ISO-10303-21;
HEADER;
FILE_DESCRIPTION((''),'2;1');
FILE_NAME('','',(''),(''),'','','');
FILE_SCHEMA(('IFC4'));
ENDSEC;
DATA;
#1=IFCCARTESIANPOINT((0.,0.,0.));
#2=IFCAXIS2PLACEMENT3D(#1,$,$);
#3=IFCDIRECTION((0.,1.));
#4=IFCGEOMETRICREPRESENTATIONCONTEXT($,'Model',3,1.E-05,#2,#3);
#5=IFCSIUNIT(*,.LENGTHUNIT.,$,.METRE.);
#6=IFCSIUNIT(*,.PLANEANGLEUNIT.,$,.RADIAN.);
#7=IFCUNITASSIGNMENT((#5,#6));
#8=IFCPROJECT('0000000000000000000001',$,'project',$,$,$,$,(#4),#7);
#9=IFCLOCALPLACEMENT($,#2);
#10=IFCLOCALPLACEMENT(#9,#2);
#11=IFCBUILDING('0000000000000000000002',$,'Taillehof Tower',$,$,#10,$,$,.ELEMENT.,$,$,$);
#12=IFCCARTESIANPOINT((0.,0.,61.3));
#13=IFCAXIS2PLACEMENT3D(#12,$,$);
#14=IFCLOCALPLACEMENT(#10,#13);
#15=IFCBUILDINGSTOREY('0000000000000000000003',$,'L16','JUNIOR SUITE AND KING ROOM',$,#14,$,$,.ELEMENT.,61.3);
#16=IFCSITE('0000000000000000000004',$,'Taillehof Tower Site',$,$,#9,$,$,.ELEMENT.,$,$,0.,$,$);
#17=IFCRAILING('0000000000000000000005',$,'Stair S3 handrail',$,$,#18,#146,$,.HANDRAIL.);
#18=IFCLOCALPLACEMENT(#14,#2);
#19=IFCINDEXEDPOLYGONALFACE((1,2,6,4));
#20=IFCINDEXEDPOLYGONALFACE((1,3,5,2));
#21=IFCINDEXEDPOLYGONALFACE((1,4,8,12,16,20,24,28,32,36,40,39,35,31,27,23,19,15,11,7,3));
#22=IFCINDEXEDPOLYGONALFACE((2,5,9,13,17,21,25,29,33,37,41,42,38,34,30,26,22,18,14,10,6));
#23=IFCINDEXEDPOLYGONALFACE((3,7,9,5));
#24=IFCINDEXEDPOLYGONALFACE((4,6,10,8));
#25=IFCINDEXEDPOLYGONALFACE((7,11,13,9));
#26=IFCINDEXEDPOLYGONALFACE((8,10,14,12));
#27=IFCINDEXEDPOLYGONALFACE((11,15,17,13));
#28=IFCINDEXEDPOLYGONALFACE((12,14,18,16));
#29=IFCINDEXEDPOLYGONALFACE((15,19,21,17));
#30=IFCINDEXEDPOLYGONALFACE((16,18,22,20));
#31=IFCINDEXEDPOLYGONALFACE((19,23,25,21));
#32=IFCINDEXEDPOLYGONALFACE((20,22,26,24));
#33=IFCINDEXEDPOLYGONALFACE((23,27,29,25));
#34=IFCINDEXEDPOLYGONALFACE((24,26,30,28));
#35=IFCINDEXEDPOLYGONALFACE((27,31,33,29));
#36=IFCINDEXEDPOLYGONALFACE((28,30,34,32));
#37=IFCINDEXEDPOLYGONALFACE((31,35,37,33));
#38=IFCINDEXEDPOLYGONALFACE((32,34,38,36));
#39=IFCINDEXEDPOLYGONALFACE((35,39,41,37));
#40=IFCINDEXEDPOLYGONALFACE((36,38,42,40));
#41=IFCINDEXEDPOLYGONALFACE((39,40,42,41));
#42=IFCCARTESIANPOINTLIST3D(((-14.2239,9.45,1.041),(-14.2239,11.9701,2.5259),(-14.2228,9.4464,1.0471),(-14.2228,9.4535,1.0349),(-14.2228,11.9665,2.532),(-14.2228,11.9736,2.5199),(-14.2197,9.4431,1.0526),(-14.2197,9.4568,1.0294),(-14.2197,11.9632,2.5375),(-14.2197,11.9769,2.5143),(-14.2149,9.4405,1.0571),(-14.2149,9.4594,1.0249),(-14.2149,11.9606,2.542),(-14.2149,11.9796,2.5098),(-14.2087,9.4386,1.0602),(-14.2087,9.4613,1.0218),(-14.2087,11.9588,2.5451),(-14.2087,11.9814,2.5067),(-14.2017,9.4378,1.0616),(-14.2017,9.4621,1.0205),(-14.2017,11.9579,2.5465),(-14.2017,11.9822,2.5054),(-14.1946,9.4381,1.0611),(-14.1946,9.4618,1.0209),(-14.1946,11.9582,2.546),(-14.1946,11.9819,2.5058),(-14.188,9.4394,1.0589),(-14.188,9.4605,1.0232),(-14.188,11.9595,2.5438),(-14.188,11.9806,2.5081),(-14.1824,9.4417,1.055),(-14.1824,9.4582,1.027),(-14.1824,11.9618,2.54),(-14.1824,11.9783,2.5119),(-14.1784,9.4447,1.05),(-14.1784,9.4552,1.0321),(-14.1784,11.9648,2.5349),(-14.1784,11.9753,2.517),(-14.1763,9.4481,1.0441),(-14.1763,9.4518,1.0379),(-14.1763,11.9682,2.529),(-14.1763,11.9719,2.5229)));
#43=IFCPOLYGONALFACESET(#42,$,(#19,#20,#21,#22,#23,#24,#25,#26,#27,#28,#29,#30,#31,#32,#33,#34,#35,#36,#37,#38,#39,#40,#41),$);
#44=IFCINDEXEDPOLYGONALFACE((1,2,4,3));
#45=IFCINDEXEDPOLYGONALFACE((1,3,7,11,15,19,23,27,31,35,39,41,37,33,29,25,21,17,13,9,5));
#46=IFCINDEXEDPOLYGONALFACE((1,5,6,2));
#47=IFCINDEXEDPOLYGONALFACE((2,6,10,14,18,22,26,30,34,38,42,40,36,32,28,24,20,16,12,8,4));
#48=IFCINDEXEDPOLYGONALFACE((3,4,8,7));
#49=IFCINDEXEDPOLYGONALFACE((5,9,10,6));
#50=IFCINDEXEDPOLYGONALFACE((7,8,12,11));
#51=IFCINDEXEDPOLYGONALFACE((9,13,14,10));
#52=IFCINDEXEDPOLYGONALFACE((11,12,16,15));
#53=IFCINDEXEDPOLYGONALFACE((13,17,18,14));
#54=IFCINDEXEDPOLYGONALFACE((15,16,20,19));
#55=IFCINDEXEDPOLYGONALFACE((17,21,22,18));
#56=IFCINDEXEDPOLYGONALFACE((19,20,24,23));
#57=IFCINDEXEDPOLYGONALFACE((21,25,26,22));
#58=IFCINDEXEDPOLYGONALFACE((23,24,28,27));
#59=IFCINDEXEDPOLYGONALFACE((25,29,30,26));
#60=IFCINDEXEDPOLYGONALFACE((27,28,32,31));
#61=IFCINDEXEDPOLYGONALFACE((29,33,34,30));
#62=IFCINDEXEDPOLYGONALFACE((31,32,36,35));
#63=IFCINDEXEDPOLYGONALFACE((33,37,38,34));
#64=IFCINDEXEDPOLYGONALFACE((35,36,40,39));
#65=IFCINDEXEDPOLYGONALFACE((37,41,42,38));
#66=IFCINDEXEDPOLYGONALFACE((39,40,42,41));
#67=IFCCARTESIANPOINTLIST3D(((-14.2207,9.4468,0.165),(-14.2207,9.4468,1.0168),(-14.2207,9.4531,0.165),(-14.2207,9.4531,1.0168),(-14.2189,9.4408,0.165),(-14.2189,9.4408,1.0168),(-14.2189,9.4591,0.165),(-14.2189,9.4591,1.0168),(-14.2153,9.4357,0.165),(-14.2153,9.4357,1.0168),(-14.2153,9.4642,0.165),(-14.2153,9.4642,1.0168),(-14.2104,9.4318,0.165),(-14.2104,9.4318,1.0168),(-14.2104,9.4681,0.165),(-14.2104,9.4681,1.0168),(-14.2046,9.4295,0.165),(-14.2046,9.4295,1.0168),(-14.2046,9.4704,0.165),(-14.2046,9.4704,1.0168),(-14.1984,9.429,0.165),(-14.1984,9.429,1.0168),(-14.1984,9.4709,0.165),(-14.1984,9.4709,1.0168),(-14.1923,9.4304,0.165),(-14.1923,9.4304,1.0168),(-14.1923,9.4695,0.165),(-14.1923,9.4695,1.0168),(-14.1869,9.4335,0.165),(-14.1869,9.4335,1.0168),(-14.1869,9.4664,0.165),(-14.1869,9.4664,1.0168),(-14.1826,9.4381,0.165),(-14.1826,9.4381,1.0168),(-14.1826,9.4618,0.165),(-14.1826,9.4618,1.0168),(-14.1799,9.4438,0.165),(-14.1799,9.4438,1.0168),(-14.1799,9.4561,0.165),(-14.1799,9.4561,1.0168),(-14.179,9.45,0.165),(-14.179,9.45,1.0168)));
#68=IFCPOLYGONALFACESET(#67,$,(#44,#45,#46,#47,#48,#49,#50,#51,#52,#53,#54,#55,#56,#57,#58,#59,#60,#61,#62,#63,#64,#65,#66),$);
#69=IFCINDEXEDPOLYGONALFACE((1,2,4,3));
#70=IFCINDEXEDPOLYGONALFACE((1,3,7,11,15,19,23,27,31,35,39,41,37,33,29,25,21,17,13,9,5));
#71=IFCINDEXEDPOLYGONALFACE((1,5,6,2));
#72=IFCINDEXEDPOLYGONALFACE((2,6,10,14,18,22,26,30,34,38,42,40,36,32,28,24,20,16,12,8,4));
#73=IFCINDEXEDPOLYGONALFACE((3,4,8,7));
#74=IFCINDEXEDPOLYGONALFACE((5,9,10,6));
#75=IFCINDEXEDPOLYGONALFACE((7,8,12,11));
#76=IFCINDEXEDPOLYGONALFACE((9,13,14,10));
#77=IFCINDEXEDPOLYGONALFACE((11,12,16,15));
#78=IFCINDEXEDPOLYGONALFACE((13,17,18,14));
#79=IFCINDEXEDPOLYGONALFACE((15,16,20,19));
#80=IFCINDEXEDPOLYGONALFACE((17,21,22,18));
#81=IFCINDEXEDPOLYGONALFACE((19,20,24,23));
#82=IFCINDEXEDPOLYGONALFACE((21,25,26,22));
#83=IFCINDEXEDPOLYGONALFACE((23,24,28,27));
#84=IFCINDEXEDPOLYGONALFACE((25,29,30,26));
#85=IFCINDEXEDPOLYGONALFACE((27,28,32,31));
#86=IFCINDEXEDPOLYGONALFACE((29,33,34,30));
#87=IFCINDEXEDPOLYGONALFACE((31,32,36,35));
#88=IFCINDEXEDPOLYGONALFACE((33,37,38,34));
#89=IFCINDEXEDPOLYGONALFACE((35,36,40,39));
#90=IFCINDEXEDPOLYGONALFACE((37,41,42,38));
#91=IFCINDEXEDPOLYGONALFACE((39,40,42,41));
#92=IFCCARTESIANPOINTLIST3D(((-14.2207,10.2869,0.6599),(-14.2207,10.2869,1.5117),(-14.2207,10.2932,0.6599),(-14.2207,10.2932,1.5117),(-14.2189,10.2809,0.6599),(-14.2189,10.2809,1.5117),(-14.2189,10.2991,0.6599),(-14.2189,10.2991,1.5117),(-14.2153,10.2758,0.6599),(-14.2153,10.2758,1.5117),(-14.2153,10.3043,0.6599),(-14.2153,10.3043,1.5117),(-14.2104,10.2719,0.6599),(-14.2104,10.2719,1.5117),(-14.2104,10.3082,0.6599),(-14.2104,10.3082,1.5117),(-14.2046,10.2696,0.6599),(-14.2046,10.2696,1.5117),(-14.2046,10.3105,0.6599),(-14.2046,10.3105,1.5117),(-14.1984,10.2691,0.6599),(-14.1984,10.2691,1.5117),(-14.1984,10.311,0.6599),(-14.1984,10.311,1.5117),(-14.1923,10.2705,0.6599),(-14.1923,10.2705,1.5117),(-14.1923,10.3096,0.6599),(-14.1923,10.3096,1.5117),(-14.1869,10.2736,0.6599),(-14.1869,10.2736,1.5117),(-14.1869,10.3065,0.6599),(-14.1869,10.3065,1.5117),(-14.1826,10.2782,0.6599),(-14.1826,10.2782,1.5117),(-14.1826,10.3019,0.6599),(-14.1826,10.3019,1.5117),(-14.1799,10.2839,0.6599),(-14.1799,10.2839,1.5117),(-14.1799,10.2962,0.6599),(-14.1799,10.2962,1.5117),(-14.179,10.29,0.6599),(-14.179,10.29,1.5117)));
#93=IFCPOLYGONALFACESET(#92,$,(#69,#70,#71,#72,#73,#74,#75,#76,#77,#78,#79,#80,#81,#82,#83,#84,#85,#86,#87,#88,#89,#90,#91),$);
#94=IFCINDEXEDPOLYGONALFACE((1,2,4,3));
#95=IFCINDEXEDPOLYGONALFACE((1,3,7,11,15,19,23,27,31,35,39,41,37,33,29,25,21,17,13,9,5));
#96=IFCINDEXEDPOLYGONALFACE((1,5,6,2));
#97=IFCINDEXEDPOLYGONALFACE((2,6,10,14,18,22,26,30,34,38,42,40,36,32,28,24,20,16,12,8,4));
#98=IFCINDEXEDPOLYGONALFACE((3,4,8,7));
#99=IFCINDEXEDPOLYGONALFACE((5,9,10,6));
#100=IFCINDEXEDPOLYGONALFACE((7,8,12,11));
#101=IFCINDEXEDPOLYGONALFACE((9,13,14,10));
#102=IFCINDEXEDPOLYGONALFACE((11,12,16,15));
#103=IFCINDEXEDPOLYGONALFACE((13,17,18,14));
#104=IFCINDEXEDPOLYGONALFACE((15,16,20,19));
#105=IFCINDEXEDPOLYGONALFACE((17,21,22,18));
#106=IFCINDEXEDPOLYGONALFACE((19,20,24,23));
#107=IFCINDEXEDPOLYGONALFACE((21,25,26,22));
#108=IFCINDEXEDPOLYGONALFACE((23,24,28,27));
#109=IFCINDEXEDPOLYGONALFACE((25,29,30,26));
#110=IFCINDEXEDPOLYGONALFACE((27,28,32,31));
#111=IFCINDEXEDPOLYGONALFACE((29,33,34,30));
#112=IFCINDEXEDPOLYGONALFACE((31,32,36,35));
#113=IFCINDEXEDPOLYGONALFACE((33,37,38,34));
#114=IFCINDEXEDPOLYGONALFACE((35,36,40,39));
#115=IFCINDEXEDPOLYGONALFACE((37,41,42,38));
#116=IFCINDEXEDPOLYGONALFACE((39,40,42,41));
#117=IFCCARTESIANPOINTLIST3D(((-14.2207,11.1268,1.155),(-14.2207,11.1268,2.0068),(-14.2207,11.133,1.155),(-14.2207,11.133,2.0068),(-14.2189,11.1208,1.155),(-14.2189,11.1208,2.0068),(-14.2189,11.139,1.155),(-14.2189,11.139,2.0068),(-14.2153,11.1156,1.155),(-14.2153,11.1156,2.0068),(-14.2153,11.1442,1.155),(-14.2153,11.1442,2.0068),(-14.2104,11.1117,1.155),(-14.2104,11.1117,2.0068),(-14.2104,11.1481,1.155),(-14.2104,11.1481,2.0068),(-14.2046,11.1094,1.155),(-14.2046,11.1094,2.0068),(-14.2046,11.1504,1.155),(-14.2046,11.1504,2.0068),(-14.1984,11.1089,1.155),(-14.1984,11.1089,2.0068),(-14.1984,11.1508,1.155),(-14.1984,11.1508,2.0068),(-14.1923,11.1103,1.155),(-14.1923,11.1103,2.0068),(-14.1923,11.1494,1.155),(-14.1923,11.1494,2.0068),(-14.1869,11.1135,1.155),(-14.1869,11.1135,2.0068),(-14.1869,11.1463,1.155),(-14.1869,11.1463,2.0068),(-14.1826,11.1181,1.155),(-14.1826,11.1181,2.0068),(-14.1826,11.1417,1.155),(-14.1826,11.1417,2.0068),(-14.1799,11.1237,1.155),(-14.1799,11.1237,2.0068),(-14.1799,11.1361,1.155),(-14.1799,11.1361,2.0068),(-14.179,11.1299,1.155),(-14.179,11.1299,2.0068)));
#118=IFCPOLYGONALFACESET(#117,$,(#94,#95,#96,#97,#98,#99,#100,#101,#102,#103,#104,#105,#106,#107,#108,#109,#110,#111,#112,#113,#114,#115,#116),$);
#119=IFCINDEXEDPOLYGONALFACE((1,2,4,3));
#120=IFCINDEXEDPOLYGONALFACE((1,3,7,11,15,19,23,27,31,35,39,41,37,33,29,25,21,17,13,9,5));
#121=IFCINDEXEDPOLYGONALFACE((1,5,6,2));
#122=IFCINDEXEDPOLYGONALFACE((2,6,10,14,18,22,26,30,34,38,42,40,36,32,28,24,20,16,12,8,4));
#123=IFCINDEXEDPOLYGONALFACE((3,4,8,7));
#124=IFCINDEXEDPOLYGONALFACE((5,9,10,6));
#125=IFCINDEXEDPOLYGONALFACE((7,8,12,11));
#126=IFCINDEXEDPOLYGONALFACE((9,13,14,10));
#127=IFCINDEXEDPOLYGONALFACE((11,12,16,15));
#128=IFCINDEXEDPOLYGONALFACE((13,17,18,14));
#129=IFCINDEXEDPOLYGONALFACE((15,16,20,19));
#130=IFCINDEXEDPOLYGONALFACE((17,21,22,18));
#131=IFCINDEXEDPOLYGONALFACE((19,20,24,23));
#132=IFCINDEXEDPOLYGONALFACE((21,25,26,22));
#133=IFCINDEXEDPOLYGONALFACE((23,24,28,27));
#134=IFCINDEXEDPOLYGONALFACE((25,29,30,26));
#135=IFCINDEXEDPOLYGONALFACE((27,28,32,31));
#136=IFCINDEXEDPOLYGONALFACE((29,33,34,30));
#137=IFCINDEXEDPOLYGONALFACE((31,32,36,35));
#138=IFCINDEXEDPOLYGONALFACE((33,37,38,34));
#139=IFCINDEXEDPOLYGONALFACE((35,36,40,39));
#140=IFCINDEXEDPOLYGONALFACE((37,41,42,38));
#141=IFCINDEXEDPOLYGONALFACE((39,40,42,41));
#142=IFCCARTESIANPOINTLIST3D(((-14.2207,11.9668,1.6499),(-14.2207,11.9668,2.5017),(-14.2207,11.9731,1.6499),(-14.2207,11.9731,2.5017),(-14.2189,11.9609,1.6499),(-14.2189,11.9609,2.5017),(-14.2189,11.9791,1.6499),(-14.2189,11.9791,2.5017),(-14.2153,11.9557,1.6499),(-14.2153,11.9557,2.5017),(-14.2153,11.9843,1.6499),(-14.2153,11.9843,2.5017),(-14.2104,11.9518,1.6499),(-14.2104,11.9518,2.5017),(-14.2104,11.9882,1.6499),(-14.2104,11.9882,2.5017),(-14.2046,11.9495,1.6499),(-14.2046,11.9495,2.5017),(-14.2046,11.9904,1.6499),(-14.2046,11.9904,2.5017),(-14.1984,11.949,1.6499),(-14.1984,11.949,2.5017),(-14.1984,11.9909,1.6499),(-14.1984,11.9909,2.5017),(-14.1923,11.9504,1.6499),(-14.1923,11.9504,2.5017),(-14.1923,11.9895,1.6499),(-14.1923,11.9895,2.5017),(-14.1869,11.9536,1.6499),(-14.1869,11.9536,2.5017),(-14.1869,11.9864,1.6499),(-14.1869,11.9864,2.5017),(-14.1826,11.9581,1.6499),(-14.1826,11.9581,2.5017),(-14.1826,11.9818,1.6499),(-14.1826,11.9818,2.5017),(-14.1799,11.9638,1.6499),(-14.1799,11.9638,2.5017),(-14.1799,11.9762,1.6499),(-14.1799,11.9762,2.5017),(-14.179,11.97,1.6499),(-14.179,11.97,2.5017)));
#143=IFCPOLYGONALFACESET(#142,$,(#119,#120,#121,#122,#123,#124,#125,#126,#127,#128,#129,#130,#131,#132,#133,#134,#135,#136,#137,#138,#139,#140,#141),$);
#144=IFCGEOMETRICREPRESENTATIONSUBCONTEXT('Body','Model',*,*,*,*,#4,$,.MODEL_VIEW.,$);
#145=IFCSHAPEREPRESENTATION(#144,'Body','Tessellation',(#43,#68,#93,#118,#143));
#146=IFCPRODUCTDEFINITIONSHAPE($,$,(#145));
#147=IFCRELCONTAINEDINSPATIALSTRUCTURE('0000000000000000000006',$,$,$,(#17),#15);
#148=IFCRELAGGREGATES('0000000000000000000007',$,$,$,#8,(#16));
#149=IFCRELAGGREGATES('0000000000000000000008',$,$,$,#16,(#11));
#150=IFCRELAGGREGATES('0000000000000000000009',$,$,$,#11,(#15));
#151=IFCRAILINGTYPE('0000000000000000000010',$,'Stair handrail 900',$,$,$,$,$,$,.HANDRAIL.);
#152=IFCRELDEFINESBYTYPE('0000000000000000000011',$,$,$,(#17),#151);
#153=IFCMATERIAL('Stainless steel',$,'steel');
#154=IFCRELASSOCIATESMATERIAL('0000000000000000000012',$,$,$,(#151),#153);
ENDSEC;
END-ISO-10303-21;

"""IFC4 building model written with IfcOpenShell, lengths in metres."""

from ifc_helpers import new_model, si_unit, direction, frame, origin, origin_2d, place, context, subcontext, project, spatial, circle, extrude, material, type_object, element, save


model = new_model("IFC4")

# Units and contexts
model_context = context("Model", 3, precision=1e-05, world=origin(), true_north=direction((0.0, 1.0)))
body_context = subcontext(model_context, "Body", "Model", "MODEL_VIEW")
ifc_project = project(units=[si_unit("LENGTHUNIT", "METRE"), si_unit("PLANEANGLEUNIT", "RADIAN")], contexts=[model_context])

# Site, building, storey
site_placement = place(None, origin())
site = spatial("IfcSite", under=ifc_project, at=site_placement, Name="Taillehof Tower Site", CompositionType="ELEMENT", RefElevation=0.0)
building_placement = place(site_placement, origin())
building = spatial("IfcBuilding", under=site, at=building_placement, Name="Taillehof Tower", CompositionType="ELEMENT")
storey_placement = place(building_placement, frame((0.0, 0.0, 61.3)))
storey = spatial("IfcBuildingStorey", under=building, at=storey_placement, Name="L16", Description="JUNIOR SUITE AND KING ROOM", CompositionType="ELEMENT", Elevation=61.3)

# Railing
ifc_material_1 = material(Name="Stainless steel", Category="steel")
railing_type = type_object("IfcRailingType", Name="Stair handrail 900", PredefinedType="HANDRAIL", material=ifc_material_1)
railing_1_placement = place(storey_placement, frame((-14.2, 9.45, 0.165)))
element("IfcRailing", 1, at=railing_1_placement, inside=storey, type_object=railing_type, Name="Stair S3 handrail", PredefinedType="HANDRAIL", context=body_context, shape_type="SweptSolid", body=[
    extrude(circle(Radius=0.0239, at=origin_2d()), frame((0.0, 0.0, 0.876), z_axis=(0.0, 0.861561, 0.507655), x_axis=(-1.0, 0.0, 0.0)), (0.0, 0.0, 1.0), 2.925),
    extrude(circle(Radius=0.021, at=origin_2d()), origin(), (0.0, 0.0, 1.0), 0.8518),
    extrude(circle(Radius=0.021, at=origin_2d()), frame((0.0, 0.8401, 0.4949)), (0.0, 0.0, 1.0), 0.8518),
    extrude(circle(Radius=0.021, at=origin_2d()), frame((0.0, 1.6799, 0.99)), (0.0, 0.0, 1.0), 0.8518),
    extrude(circle(Radius=0.021, at=origin_2d()), frame((0.0, 2.52, 1.4849)), (0.0, 0.0, 1.0), 0.8518),
])

save(model, "model.ifc")
